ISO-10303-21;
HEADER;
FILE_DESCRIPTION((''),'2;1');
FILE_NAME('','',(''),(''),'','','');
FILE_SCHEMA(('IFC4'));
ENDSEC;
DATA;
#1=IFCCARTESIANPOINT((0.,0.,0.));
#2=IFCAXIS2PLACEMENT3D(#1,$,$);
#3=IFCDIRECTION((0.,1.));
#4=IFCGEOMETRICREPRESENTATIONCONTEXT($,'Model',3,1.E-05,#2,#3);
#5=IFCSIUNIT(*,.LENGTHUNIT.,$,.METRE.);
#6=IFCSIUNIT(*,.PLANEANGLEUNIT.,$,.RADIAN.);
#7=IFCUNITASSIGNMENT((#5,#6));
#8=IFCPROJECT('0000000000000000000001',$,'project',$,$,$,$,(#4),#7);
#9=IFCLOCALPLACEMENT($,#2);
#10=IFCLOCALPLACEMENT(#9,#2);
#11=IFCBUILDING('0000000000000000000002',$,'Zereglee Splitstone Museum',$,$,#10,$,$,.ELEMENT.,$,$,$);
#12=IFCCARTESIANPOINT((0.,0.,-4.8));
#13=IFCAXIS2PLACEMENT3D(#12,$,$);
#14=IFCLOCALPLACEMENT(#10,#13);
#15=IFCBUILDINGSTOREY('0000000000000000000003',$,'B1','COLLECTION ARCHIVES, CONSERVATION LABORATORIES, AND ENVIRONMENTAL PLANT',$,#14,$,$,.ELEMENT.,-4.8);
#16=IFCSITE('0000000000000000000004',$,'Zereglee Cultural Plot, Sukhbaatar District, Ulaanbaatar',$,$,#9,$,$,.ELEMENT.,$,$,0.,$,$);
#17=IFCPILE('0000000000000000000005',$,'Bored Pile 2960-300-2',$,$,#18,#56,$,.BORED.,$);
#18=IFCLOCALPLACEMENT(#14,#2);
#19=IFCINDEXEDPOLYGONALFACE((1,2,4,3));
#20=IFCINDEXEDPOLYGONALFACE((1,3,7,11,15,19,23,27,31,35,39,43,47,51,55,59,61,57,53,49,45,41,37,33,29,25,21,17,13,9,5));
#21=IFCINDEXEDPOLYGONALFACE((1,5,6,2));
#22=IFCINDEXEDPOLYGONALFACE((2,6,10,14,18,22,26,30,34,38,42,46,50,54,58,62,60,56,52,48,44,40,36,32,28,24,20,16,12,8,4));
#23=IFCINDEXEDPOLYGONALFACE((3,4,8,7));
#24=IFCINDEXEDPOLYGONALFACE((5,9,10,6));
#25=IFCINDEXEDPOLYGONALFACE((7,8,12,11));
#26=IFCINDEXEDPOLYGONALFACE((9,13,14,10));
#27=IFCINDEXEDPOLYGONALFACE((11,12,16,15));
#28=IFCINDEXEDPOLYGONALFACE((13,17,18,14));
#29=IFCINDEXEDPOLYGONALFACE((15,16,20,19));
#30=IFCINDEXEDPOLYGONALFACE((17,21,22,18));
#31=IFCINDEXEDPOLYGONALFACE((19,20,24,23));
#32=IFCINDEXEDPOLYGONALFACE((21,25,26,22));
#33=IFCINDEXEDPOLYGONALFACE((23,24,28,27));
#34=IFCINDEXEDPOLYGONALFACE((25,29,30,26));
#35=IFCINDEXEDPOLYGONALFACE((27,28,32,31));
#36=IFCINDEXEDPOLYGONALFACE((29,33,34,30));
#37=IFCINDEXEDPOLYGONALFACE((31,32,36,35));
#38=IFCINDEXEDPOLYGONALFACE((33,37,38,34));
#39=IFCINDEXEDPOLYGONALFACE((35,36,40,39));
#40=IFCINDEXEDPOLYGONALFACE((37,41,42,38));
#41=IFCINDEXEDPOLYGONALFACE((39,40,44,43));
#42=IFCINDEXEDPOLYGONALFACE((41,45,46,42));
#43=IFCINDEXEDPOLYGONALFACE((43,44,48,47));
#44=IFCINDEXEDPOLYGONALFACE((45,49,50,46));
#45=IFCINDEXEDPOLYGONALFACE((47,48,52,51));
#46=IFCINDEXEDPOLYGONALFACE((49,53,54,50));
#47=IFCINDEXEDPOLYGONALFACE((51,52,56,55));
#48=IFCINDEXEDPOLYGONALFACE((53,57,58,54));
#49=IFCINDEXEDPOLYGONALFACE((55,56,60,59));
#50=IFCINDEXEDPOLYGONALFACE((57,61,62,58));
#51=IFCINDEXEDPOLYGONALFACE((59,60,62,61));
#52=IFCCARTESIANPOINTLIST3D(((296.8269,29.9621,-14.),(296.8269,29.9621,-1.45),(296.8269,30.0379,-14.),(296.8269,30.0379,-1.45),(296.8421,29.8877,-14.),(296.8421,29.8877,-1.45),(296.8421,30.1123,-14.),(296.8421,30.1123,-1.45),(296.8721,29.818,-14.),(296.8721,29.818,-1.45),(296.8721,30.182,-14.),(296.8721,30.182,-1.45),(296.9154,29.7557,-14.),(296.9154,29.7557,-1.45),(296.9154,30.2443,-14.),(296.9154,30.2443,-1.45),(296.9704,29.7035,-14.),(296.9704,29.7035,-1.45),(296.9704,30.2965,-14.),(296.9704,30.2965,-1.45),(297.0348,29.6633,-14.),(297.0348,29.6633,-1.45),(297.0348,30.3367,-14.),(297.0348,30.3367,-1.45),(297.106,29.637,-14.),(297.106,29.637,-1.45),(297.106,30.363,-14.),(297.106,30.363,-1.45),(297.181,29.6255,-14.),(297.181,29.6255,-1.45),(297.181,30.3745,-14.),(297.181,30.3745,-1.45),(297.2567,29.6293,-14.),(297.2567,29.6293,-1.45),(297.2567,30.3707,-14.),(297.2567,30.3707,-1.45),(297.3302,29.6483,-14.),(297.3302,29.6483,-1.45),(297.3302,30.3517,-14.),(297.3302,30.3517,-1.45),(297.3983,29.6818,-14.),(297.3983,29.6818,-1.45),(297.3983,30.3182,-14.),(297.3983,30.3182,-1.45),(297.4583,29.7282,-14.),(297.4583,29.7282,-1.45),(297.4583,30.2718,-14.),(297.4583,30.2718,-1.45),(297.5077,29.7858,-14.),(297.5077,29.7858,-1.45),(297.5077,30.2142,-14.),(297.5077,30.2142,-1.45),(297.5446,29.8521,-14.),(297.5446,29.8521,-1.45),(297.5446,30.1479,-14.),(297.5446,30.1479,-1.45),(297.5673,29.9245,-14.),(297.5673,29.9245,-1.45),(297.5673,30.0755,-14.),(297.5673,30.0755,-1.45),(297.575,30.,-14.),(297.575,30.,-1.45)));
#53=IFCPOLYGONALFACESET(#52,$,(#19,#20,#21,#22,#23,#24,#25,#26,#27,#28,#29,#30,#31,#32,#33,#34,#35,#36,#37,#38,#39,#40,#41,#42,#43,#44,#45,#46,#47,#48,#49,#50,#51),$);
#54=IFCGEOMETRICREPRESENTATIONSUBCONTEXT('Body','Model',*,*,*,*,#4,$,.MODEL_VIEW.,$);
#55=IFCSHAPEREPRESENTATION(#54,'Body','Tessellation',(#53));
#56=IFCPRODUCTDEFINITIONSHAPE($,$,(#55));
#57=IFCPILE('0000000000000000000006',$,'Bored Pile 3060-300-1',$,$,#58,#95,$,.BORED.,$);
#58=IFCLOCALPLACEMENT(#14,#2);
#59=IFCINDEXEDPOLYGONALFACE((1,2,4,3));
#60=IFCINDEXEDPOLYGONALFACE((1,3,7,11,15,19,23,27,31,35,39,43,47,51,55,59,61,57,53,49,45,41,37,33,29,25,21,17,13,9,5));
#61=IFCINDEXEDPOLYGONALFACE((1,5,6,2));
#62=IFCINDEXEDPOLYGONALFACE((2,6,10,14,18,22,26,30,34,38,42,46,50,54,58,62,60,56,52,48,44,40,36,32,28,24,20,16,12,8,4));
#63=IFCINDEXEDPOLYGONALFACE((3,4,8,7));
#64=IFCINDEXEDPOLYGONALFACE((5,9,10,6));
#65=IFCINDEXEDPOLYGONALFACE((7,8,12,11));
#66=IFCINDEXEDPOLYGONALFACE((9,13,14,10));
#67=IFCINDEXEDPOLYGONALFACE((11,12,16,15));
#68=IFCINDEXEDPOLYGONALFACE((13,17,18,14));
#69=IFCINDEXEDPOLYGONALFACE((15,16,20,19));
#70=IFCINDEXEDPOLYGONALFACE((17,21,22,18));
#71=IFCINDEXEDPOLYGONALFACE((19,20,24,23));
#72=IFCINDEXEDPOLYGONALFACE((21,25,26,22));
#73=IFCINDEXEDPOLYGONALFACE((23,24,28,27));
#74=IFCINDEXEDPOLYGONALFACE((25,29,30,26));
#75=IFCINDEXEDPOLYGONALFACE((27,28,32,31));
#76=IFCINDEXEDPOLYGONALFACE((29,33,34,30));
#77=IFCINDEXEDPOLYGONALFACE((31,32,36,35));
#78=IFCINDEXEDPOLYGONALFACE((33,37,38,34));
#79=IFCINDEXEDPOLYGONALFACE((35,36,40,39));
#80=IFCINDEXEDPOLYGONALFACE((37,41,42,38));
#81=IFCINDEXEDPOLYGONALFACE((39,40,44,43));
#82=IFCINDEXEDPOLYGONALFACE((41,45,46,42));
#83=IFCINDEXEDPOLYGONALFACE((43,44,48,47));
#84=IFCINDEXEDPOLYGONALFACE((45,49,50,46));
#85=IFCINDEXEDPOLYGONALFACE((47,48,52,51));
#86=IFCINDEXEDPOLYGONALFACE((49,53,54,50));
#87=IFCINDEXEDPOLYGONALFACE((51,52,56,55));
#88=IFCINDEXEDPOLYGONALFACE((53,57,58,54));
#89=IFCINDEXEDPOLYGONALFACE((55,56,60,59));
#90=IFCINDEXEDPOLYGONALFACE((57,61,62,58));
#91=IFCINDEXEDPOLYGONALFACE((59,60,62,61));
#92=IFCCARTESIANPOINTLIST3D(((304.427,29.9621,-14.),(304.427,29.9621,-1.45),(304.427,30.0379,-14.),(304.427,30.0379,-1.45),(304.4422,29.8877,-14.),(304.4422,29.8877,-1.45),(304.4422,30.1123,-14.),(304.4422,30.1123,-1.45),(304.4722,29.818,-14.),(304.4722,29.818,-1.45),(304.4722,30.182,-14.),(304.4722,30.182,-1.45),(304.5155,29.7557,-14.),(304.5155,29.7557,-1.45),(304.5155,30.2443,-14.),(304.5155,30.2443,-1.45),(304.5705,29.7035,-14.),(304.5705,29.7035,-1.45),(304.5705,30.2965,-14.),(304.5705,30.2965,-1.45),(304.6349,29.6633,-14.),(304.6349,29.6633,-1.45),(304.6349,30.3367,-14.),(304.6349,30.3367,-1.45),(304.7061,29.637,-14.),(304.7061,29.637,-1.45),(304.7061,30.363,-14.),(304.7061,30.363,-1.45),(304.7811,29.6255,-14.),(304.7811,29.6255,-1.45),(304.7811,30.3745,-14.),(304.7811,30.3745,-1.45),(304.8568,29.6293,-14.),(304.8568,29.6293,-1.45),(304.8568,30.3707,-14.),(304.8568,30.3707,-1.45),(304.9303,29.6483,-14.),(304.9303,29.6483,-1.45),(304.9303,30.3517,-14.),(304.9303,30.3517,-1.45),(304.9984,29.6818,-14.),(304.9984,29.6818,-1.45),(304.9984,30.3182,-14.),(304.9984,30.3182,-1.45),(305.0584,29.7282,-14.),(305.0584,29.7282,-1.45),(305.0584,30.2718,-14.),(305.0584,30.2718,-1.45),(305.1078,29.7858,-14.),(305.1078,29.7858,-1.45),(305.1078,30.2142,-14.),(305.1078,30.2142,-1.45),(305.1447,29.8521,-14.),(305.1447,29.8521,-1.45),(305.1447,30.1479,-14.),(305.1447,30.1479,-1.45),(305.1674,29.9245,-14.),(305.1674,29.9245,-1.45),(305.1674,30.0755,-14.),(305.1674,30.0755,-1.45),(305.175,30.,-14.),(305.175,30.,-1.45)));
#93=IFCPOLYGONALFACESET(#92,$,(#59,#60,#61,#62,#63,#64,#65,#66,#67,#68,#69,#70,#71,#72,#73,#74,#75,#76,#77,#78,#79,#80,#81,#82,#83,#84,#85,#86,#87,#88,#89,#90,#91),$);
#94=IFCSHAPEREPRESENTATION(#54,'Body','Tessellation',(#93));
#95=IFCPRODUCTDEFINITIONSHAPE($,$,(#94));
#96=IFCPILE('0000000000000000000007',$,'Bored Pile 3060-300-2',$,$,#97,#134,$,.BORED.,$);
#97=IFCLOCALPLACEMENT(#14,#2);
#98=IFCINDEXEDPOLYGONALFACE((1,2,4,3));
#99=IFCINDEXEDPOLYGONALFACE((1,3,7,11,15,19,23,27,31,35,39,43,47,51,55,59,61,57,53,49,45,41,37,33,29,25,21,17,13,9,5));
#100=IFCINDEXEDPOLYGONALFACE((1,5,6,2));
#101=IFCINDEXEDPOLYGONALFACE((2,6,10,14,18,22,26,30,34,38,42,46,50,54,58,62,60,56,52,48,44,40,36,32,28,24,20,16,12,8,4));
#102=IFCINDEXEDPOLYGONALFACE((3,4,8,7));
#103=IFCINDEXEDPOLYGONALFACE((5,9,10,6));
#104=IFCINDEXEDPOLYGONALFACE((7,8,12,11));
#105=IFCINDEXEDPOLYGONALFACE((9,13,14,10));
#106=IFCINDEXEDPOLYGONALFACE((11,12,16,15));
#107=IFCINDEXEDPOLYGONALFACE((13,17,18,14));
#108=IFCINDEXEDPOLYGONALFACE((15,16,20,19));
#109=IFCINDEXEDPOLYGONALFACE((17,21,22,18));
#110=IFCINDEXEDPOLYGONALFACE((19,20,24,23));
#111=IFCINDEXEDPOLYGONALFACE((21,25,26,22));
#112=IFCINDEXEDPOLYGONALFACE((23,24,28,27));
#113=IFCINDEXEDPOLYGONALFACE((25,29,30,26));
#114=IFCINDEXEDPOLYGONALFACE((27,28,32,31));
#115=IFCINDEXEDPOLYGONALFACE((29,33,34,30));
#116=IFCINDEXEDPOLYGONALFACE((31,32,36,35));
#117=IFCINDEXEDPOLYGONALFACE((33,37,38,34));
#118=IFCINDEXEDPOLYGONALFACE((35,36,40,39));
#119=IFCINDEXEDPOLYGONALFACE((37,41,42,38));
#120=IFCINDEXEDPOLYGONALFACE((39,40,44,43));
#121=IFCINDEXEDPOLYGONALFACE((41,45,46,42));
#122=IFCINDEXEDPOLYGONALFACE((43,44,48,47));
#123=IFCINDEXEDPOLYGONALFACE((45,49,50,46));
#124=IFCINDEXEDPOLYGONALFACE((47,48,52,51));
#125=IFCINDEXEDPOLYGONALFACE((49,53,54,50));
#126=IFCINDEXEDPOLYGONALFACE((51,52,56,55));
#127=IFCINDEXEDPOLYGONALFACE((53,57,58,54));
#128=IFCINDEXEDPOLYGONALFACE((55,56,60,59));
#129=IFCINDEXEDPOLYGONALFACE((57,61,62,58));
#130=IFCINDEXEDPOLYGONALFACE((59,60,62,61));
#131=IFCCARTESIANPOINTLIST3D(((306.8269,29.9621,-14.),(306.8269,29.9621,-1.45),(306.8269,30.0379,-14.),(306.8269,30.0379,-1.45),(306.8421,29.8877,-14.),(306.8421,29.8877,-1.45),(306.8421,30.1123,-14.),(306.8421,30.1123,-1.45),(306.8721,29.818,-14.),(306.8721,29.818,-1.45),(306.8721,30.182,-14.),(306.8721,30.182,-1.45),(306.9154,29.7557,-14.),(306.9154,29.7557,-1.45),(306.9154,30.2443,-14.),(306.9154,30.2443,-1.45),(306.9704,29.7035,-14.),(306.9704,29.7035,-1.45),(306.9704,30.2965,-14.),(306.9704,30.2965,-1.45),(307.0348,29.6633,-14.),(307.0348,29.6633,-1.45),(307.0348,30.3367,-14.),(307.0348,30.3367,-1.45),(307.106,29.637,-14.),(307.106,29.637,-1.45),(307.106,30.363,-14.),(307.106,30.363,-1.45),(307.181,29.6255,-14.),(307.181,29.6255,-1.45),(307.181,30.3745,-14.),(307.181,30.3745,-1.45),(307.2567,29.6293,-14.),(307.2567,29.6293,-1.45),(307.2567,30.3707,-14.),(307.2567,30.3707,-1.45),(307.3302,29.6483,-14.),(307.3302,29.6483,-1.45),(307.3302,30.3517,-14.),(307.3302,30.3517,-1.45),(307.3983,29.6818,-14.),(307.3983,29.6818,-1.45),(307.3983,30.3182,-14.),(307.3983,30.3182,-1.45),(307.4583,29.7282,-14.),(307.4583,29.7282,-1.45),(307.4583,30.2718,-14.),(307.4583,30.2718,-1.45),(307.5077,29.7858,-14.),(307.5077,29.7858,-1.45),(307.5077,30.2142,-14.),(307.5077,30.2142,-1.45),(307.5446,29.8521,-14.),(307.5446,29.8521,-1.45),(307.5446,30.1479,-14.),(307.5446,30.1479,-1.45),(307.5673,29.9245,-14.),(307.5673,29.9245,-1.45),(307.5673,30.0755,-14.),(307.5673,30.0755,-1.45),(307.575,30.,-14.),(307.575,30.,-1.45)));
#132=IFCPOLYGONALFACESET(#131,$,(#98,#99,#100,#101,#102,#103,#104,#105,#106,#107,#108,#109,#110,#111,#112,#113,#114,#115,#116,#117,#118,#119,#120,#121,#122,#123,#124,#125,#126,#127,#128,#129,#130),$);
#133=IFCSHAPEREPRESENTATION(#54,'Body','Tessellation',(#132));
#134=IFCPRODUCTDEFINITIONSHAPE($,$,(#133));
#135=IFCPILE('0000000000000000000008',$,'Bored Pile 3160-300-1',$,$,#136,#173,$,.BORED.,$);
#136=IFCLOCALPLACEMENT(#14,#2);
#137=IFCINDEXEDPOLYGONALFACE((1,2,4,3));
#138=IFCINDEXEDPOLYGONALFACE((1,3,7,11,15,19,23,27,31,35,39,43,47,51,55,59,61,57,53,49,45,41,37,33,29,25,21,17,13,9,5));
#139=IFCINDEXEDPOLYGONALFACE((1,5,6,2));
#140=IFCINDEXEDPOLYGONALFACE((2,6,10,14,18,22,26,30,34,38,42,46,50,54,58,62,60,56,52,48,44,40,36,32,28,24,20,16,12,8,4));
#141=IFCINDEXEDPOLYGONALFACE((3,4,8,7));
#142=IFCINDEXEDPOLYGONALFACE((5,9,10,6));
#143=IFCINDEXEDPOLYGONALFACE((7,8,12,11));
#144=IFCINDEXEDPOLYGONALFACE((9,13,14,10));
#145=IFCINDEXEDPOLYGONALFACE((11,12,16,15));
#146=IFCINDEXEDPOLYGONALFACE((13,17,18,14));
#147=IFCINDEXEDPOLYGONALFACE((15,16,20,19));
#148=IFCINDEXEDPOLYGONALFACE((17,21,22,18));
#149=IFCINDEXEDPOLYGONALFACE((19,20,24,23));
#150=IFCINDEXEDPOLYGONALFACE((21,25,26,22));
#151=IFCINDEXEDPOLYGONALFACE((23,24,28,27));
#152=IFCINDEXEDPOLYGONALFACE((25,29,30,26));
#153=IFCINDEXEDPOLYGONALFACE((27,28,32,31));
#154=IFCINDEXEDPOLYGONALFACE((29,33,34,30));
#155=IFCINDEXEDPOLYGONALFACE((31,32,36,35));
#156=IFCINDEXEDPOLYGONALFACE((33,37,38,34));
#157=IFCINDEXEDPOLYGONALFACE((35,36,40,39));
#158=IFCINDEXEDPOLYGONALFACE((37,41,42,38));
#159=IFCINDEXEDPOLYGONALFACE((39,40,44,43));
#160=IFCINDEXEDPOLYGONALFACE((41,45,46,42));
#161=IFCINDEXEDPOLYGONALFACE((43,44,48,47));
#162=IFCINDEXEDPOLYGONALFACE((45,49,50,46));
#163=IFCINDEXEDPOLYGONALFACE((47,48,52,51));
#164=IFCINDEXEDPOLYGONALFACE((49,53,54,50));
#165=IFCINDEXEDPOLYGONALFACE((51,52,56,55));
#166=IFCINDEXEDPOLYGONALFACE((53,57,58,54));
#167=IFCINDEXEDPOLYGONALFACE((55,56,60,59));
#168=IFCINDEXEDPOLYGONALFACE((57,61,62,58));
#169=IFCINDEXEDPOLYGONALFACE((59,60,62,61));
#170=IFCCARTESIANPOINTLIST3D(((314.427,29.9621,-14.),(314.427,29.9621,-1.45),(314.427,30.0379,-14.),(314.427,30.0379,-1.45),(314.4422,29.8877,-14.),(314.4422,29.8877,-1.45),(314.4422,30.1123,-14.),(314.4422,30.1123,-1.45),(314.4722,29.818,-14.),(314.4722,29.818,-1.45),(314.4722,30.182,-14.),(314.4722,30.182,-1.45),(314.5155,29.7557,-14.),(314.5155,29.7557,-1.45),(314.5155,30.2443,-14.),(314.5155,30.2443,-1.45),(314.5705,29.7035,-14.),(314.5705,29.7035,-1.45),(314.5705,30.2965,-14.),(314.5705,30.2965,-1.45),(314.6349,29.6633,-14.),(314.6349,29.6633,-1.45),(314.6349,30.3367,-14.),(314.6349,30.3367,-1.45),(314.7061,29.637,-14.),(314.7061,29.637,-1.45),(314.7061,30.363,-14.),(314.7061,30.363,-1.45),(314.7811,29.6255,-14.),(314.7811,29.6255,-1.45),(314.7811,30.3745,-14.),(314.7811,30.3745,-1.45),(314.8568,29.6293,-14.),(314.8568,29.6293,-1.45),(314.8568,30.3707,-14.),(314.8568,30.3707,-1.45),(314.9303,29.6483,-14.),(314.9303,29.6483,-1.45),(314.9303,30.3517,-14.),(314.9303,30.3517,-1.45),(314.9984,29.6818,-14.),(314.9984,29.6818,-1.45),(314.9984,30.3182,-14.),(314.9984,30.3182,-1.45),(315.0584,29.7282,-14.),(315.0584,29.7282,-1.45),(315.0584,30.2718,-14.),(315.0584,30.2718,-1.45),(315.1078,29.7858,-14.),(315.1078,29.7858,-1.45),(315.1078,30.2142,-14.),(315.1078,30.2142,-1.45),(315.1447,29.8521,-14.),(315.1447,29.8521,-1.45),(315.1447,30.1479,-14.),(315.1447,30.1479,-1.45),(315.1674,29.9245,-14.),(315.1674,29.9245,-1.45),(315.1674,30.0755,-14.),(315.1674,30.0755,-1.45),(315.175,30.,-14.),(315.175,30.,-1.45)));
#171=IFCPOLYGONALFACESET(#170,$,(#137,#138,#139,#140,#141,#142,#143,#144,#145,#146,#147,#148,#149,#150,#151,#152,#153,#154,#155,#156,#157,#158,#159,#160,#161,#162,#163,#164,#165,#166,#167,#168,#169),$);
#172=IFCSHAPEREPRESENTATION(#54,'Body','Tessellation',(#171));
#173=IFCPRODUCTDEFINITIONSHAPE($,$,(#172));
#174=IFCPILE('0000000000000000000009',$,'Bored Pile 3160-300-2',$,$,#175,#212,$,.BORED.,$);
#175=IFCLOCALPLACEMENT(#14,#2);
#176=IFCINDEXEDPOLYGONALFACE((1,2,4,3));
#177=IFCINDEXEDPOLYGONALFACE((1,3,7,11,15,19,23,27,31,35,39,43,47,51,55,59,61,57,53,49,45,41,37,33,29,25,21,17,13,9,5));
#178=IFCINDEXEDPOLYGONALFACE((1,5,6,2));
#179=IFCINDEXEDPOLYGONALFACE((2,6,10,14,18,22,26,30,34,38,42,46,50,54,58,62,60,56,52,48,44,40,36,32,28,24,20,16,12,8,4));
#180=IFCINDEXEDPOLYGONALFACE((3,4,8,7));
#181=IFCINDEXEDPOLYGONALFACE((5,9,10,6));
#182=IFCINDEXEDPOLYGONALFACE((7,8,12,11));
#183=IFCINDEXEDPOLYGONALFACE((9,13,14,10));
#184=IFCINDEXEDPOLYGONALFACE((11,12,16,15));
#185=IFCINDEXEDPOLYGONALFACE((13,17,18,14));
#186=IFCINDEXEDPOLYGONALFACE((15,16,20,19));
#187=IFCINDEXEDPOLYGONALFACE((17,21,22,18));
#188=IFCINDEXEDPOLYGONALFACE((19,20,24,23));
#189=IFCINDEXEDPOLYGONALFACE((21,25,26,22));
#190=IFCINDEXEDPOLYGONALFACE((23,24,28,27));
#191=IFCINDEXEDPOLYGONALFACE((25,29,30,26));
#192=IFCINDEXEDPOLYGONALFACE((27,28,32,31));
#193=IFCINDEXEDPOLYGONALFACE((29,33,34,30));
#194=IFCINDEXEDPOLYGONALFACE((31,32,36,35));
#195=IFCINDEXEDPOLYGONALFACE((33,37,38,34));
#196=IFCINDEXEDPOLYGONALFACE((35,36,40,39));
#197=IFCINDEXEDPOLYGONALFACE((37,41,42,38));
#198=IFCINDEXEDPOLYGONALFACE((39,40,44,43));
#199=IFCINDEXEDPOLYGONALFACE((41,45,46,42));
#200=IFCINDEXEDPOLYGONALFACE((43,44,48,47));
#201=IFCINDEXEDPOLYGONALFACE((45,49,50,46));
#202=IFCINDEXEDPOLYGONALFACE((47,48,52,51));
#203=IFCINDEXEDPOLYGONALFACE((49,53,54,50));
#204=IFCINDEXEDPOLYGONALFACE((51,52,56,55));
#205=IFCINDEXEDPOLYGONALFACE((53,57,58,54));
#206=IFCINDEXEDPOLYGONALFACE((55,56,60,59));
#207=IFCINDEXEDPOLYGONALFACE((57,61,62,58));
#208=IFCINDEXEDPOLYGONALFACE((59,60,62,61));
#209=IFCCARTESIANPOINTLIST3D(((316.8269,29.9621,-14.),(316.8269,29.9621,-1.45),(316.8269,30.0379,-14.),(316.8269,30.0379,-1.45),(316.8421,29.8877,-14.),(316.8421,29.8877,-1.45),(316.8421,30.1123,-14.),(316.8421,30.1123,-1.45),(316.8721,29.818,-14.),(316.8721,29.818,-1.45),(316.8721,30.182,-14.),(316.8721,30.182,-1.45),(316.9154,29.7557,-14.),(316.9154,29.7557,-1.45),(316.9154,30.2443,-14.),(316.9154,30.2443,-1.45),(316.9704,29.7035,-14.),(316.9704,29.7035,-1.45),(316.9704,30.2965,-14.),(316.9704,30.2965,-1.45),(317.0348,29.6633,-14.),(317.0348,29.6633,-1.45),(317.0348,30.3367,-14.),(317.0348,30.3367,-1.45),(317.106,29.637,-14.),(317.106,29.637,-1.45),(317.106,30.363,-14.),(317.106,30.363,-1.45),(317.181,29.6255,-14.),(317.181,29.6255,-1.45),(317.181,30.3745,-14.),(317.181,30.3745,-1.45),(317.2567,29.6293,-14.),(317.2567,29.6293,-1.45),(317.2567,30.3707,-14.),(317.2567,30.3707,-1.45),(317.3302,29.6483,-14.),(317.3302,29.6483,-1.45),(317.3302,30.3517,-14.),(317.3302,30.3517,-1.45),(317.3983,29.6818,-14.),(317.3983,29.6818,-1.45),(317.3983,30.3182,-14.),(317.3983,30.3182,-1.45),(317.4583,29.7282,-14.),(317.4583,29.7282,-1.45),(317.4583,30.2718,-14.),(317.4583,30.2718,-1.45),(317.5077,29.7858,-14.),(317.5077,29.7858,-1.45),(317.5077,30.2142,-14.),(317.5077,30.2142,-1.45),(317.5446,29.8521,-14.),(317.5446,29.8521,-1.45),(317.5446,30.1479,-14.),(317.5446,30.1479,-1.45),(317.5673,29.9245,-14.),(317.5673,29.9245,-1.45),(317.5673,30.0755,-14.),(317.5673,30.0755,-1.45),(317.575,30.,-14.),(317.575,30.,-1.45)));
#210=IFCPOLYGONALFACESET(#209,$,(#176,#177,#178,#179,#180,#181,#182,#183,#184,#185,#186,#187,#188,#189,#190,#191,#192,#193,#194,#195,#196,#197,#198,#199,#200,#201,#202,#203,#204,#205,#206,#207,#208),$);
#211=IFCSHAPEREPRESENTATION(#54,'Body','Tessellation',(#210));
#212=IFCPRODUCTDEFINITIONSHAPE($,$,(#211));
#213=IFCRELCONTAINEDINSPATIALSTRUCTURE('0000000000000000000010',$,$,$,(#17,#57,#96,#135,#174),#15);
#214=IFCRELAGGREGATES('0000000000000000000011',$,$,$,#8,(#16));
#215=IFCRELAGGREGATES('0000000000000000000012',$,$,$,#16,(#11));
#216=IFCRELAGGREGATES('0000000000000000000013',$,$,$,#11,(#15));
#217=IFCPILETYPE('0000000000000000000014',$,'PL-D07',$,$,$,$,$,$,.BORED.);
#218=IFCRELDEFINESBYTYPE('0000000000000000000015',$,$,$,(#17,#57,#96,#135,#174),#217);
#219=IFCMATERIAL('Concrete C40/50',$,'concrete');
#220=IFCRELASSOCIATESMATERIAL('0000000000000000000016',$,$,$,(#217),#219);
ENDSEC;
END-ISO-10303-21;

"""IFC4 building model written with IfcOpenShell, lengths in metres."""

from ifc_helpers import new_model, si_unit, direction, frame, origin, origin_2d, place, context, subcontext, project, spatial, circle, extrude, material, material_profile, profile_set, type_object, element, save


model = new_model("IFC4")

# Units and contexts
model_context = context("Model", 3, precision=1e-05, world=origin(), true_north=direction((0.0, 1.0)))
body_context = subcontext(model_context, "Body", "Model", "MODEL_VIEW")
ifc_project = project(units=[si_unit("LENGTHUNIT", "METRE"), si_unit("PLANEANGLEUNIT", "RADIAN")], contexts=[model_context])

# Site, building, storey
site_placement = place(None, origin())
site = spatial("IfcSite", under=ifc_project, at=site_placement, Name="Zereglee Cultural Plot, Sukhbaatar District, Ulaanbaatar", CompositionType="ELEMENT", RefElevation=0.0)
building_placement = place(site_placement, origin())
building = spatial("IfcBuilding", under=site, at=building_placement, Name="Zereglee Splitstone Museum", CompositionType="ELEMENT")
storey_placement = place(building_placement, frame((0.0, 0.0, -4.8)))
storey = spatial("IfcBuildingStorey", under=building, at=storey_placement, Name="B1", Description="COLLECTION ARCHIVES, CONSERVATION LABORATORIES, AND ENVIRONMENTAL PLANT", CompositionType="ELEMENT", Elevation=-4.8)

# Shared definitions
ifc_material_1 = material(Name="Concrete C40/50", Category="concrete")

# Piles
ifc_material_profile_1 = material_profile(ifc_material_1, circle(Radius=0.375, at=origin_2d()), Name="PILE D750")
ifc_profile_set_1 = profile_set([ifc_material_profile_1], Name="Concrete C40/50")
pile_type = type_object("IfcPileType", Name="PL-D07", PredefinedType="BORED", material=ifc_profile_set_1)
for number, where, z_axis, x_axis, name in (
    (1, (297.2, 30.0, -1.45), (0.0, 0.0, -1.0), (1.0, 0.0, 0.0), "Bored Pile 2960-300-2"),
    (2, (304.8, 30.0, -1.45), (0.0, 0.0, -1.0), (1.0, 0.0, 0.0), "Bored Pile 3060-300-1"),
    (3, (307.2, 30.0, -1.45), (0.0, 0.0, -1.0), (1.0, 0.0, 0.0), "Bored Pile 3060-300-2"),
    (4, (314.8, 30.0, -1.45), (0.0, 0.0, -1.0), (1.0, 0.0, 0.0), "Bored Pile 3160-300-1"),
    (5, (317.2, 30.0, -1.45), (0.0, 0.0, -1.0), (1.0, 0.0, 0.0), "Bored Pile 3160-300-2"),
):
    element("IfcPile", number, at=place(storey_placement, frame(where, z_axis=z_axis, x_axis=x_axis)), inside=storey, type_object=pile_type, Name=name, PredefinedType="BORED", context=body_context, shape_type="SweptSolid", body=[
        extrude(circle(Radius=0.375, at=origin_2d()), origin(), (0.0, 0.0, 1.0), 12.55),
    ])

save(model, "model.ifc")
